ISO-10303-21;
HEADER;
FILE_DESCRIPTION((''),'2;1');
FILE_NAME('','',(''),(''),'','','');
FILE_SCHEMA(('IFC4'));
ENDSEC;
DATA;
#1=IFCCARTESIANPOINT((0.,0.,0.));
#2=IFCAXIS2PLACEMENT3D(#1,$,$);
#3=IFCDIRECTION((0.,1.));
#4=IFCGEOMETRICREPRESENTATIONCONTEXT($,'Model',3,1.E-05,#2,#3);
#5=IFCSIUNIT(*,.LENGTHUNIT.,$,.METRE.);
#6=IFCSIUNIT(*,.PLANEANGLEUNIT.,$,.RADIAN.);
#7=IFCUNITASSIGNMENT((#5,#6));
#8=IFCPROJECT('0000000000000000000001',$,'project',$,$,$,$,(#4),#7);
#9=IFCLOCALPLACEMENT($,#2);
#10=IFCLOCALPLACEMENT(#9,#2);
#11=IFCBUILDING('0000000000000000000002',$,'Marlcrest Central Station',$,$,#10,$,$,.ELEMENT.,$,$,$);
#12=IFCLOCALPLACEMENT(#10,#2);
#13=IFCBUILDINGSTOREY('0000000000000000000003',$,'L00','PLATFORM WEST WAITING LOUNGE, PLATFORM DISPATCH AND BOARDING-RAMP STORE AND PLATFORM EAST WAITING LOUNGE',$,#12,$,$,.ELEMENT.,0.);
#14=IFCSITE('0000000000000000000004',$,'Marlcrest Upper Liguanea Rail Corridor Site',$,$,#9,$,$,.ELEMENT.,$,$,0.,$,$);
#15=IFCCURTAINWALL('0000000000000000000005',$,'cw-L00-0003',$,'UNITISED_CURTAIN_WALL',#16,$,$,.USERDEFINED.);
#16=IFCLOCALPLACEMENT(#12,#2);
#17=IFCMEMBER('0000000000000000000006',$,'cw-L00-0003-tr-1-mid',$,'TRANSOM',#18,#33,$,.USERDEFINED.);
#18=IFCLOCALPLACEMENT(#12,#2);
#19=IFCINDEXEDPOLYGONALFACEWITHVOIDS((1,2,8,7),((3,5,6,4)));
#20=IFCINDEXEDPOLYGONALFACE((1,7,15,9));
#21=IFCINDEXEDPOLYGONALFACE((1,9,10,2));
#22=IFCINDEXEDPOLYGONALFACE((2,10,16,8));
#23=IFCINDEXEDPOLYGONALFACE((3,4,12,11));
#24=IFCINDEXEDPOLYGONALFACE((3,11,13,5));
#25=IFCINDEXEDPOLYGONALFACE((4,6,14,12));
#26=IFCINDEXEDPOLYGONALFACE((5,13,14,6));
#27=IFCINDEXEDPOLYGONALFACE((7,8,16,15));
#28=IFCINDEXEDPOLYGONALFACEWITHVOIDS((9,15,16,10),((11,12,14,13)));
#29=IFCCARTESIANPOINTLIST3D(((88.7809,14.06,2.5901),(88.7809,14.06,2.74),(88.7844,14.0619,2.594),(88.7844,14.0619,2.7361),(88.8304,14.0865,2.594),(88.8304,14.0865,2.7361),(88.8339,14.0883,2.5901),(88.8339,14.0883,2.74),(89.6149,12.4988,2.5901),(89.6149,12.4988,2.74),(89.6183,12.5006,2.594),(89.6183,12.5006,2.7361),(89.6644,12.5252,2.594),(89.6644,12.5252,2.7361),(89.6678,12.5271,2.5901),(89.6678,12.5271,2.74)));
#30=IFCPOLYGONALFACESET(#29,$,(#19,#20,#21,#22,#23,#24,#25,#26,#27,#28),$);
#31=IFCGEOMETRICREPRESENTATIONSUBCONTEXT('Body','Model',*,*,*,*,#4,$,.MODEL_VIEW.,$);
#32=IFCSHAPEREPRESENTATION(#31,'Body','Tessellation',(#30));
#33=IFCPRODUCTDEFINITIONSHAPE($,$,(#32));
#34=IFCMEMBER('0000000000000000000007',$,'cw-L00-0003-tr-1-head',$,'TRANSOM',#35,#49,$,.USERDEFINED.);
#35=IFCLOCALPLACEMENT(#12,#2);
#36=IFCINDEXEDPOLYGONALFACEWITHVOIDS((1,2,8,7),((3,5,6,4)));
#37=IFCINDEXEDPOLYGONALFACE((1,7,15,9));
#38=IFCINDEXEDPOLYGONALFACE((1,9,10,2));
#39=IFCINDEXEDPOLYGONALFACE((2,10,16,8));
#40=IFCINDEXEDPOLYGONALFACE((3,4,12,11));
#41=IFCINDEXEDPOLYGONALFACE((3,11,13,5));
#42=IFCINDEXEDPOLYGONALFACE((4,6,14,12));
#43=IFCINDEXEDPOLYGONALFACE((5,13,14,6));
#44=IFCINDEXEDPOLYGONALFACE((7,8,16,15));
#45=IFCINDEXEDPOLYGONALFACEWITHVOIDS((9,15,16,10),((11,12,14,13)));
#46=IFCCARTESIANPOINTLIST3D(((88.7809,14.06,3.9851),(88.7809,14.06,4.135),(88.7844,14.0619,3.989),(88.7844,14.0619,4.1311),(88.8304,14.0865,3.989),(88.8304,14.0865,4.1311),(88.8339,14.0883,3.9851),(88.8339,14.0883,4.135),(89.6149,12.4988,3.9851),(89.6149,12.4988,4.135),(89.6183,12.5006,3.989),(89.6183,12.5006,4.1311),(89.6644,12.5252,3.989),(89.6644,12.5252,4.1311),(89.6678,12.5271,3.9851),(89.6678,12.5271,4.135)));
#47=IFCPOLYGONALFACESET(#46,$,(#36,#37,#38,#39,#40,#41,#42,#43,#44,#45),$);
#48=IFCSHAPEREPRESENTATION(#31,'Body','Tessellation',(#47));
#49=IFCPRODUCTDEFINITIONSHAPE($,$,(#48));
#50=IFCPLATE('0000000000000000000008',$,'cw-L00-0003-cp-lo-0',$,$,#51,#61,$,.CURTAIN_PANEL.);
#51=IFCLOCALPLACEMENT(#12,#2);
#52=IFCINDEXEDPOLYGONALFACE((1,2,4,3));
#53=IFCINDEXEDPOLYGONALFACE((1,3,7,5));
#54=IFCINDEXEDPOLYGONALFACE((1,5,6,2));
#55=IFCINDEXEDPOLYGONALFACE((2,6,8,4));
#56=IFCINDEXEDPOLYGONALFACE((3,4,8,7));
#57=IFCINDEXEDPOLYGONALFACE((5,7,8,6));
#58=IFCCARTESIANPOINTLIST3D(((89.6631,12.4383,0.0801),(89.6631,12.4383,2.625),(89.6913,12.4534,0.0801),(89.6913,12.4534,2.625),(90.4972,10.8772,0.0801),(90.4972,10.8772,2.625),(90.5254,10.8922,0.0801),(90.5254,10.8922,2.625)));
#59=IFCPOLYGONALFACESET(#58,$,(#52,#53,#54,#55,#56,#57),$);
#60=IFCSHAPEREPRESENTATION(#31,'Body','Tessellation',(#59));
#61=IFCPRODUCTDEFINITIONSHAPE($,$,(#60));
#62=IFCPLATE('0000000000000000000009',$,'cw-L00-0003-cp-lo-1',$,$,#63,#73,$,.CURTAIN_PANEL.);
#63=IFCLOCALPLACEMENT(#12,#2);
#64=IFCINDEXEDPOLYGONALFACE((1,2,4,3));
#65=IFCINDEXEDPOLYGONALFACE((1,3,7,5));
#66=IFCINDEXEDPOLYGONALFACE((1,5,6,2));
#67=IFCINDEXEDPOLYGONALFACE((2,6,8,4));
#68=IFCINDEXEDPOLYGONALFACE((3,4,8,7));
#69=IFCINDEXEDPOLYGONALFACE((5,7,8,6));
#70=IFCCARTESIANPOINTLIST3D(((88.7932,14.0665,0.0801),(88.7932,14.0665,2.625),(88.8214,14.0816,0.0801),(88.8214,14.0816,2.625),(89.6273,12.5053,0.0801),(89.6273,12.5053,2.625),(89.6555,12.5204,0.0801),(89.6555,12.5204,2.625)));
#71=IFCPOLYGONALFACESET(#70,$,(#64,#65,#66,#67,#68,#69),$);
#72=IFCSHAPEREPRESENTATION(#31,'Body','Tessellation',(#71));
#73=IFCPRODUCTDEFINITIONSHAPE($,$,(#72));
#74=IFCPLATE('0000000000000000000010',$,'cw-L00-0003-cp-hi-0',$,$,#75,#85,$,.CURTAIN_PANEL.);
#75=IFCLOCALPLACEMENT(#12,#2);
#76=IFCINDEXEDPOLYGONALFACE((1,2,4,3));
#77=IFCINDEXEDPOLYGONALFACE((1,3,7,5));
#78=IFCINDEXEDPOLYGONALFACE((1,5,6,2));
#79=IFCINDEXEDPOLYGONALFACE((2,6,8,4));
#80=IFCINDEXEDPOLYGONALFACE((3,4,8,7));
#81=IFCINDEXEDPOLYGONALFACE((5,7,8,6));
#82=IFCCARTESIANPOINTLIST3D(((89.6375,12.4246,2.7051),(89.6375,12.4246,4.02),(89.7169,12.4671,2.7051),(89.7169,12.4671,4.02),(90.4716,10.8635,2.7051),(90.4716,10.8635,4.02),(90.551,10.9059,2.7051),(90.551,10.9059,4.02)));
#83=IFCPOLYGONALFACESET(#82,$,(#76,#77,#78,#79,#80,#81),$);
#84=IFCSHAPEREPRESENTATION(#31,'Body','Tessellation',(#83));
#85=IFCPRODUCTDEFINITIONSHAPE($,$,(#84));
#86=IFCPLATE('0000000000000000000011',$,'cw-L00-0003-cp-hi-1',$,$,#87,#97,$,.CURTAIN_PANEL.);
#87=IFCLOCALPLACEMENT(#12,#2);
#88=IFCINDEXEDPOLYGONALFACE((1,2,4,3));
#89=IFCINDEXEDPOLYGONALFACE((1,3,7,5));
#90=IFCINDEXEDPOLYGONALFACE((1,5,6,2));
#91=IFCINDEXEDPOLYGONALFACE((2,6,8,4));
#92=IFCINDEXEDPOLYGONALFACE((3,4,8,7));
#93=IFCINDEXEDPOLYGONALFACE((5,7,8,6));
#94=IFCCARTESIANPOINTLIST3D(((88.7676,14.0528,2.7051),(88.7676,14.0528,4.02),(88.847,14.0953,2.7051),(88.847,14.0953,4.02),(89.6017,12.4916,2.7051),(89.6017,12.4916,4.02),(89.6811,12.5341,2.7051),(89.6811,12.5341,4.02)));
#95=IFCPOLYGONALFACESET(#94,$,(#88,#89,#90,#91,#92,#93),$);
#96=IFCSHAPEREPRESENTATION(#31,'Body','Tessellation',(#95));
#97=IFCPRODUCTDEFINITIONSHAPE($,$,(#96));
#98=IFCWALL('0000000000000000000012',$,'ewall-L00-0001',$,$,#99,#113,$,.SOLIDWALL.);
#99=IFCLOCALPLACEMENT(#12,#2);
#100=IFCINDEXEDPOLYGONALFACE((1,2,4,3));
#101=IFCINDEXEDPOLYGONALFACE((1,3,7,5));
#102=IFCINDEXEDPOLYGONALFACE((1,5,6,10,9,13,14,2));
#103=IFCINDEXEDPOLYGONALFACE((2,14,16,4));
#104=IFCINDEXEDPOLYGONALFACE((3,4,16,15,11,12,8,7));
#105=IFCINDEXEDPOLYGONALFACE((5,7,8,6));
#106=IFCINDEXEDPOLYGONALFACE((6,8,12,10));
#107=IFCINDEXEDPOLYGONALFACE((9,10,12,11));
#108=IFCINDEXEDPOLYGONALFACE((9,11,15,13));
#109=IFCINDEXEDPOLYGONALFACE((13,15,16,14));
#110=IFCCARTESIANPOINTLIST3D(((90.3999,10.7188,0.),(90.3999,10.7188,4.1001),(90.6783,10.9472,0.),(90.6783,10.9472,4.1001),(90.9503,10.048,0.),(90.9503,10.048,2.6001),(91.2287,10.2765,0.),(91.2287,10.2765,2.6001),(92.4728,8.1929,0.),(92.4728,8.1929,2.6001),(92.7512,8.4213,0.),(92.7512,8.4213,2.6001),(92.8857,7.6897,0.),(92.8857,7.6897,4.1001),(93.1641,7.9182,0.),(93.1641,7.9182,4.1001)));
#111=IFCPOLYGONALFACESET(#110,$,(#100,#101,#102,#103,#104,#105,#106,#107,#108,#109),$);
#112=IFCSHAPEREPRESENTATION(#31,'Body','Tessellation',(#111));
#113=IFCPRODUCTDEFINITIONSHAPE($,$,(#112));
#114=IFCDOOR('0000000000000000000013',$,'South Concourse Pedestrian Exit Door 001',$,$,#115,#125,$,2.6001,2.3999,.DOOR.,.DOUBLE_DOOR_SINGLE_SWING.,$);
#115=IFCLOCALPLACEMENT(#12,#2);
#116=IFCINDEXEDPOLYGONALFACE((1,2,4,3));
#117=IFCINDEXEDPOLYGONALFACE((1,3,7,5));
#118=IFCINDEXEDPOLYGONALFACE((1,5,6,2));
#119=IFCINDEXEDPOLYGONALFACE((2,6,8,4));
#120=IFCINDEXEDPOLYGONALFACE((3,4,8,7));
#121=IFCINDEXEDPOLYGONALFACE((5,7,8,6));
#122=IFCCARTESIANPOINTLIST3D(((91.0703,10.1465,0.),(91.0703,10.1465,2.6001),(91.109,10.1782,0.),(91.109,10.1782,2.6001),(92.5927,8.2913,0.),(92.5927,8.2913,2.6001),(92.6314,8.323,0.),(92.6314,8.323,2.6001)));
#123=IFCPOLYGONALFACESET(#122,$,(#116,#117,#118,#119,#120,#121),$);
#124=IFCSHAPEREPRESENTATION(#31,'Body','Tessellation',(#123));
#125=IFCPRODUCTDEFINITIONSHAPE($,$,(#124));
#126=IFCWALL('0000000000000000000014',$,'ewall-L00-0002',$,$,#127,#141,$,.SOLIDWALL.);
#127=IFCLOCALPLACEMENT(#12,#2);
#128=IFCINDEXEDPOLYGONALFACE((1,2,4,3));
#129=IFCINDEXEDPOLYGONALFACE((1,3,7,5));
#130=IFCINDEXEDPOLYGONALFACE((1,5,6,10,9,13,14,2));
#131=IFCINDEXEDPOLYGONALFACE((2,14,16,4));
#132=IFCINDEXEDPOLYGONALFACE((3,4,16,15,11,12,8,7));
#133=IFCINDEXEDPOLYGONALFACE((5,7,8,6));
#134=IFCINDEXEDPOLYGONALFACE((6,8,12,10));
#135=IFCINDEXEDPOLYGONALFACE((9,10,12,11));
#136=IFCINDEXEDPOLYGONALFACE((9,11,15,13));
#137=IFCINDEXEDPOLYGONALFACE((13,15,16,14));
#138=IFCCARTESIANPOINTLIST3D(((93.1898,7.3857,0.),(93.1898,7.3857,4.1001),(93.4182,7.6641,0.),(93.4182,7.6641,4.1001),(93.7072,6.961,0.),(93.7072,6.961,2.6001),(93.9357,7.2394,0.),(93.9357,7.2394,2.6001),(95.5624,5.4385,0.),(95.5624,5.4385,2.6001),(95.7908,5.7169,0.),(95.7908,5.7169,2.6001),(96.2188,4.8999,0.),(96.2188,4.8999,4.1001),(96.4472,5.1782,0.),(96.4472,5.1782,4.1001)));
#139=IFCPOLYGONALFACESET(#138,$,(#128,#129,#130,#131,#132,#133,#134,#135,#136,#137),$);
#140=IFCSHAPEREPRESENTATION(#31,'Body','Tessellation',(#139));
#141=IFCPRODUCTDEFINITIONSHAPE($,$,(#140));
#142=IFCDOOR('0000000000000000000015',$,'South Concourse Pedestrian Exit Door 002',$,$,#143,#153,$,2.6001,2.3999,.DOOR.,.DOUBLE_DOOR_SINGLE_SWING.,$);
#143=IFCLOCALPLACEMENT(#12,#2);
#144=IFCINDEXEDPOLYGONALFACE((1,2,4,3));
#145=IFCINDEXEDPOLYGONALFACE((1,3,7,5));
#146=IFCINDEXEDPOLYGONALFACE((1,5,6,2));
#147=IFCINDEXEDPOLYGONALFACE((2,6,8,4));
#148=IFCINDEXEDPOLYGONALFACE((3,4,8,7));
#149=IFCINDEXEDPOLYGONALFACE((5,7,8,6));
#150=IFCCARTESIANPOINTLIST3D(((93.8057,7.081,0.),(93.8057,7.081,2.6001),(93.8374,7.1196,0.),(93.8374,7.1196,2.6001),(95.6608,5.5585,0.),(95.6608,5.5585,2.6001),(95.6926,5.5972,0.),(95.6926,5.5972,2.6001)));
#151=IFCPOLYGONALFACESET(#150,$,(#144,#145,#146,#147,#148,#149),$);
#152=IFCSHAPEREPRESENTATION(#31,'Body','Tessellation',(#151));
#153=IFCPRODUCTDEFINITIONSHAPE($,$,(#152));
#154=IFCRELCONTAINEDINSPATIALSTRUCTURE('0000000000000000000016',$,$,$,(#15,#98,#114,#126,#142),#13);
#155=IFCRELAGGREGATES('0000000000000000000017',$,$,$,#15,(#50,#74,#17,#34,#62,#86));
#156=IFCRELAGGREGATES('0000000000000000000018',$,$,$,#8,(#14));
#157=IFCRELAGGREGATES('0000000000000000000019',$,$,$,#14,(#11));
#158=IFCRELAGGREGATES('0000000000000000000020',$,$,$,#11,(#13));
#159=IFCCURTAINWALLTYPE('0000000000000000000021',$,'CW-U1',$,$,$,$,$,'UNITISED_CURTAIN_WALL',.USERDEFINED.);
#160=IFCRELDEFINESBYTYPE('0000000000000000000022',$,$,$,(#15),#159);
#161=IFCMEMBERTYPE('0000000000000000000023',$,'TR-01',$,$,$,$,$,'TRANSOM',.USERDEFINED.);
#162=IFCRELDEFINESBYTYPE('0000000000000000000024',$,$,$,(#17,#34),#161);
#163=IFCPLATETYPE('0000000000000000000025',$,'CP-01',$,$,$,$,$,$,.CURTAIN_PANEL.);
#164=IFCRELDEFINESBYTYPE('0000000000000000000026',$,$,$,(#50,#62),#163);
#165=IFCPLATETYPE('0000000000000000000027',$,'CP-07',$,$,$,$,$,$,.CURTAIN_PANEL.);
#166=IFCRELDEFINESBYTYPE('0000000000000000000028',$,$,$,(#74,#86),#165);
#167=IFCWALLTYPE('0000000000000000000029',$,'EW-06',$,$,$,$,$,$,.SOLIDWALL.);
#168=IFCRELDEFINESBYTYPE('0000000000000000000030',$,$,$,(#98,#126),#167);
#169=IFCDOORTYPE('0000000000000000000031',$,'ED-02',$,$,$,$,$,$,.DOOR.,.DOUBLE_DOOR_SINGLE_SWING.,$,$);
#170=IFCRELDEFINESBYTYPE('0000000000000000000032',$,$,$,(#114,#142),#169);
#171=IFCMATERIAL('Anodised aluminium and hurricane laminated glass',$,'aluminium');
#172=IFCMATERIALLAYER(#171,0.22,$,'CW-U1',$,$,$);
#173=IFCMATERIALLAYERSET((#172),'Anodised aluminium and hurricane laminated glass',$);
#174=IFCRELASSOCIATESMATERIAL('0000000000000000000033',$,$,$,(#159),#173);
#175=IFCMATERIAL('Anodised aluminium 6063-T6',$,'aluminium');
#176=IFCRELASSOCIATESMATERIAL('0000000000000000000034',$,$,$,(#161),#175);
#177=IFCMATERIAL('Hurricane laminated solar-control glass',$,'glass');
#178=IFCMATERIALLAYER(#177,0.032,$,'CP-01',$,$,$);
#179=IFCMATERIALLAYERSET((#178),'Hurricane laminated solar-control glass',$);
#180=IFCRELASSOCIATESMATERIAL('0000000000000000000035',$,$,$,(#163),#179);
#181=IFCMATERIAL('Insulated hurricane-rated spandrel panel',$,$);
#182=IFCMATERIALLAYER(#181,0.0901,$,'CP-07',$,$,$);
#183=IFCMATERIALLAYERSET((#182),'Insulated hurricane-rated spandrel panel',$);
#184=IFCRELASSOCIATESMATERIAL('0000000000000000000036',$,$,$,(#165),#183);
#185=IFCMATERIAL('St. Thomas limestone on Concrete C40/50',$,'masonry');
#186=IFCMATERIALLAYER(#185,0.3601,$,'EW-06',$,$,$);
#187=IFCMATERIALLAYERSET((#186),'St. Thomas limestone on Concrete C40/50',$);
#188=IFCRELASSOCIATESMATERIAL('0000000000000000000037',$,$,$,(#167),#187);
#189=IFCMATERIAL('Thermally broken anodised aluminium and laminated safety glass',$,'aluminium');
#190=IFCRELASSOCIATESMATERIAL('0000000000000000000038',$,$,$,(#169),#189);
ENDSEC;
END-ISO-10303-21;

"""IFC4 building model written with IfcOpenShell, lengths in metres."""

from ifc_helpers import new_model, si_unit, direction, frame, frame_2d, origin, origin_2d, place, context, subcontext, project, spatial, rectangle, hollow_rectangle, extrude, material, layer, layer_set, material_profile, profile_set, type_object, element, fill, aggregate, save


model = new_model("IFC4")

# Units and contexts
model_context = context("Model", 3, precision=1e-05, world=origin(), true_north=direction((0.0, 1.0)))
body_context = subcontext(model_context, "Body", "Model", "MODEL_VIEW")
ifc_project = project(units=[si_unit("LENGTHUNIT", "METRE"), si_unit("PLANEANGLEUNIT", "RADIAN")], contexts=[model_context])

# Site, building, storey
site_placement = place(None, origin())
site = spatial("IfcSite", under=ifc_project, at=site_placement, Name="Marlcrest Upper Liguanea Rail Corridor Site", CompositionType="ELEMENT", RefElevation=0.0)
building_placement = place(site_placement, origin())
building = spatial("IfcBuilding", under=site, at=building_placement, Name="Marlcrest Central Station", CompositionType="ELEMENT")
storey_placement = place(building_placement, origin())
storey = spatial("IfcBuildingStorey", under=building, at=storey_placement, Name="L00", Description="PLATFORM WEST WAITING LOUNGE, PLATFORM DISPATCH AND BOARDING-RAMP STORE AND PLATFORM EAST WAITING LOUNGE", CompositionType="ELEMENT", Elevation=0.0)

# Curtain wall
ifc_material_1 = material(Name="Anodised aluminium and hurricane laminated glass", Category="aluminium")
ifc_layer_1 = layer(ifc_material_1, 0.22, Name="CW-U1")
ifc_layer_set_1 = layer_set([ifc_layer_1], Name="Anodised aluminium and hurricane laminated glass")
curtain_wall_type = type_object("IfcCurtainWallType", Name="CW-U1", ElementType="UNITISED_CURTAIN_WALL", PredefinedType="USERDEFINED", material=ifc_layer_set_1)
curtain_wall_placement = place(storey_placement, origin())
curtain_wall = element("IfcCurtainWall", 1, at=curtain_wall_placement, inside=storey, type_object=curtain_wall_type, Name="cw-L00-0003", ObjectType="UNITISED_CURTAIN_WALL", PredefinedType="USERDEFINED")
ifc_material_2 = material(Name="Anodised aluminium 6063-T6", Category="aluminium")

# Members
ifc_material_profile_1 = material_profile(ifc_material_2, hollow_rectangle(XDim=0.0601, YDim=0.1499, WallThickness=0.0039, at=origin_2d()), Name="AA-RHS 150x60x4")
ifc_profile_set_1 = profile_set([ifc_material_profile_1], Name="Anodised aluminium 6063-T6")
member_type_1 = type_object("IfcMemberType", Name="TR-01", ElementType="TRANSOM", PredefinedType="USERDEFINED", material=ifc_profile_set_1)
member_1_placement = place(storey_placement, frame((89.6414, 12.5129, 2.665), z_axis=(-0.471161, 0.882047, 0.0), x_axis=(-0.882047, -0.471161, 0.0)))
member_1 = element("IfcMember", 2, at=member_1_placement, type_object=member_type_1, Name="cw-L00-0003-tr-1-mid", ObjectType="TRANSOM", PredefinedType="USERDEFINED", context=body_context, shape_type="SweptSolid", body=[
    extrude(hollow_rectangle(XDim=0.0601, YDim=0.1499, WallThickness=0.0039, at=origin_2d()), origin(), (0.0, 0.0, 1.0), 1.77),
])
member_2_placement = place(storey_placement, frame((89.6414, 12.5129, 4.0601), z_axis=(-0.471161, 0.882047, 0.0), x_axis=(-0.882047, -0.471161, 0.0)))
member_2 = element("IfcMember", 3, at=member_2_placement, type_object=member_type_1, Name="cw-L00-0003-tr-1-head", ObjectType="TRANSOM", PredefinedType="USERDEFINED", context=body_context, shape_type="SweptSolid", body=[
    extrude(hollow_rectangle(XDim=0.0601, YDim=0.1499, WallThickness=0.0039, at=origin_2d()), origin(), (0.0, 0.0, 1.0), 1.77),
])

# Plates
ifc_material_3 = material(Name="Hurricane laminated solar-control glass", Category="glass")
ifc_layer_2 = layer(ifc_material_3, 0.032, Name="CP-01")
ifc_layer_set_2 = layer_set([ifc_layer_2], Name="Hurricane laminated solar-control glass")
plate_type_1 = type_object("IfcPlateType", Name="CP-01", PredefinedType="CURTAIN_PANEL", material=ifc_layer_set_2)
plate_1_placement = place(storey_placement, frame((90.0942, 11.6653, 0.0801), z_axis=(0.0, 0.0, 1.0), x_axis=(-0.471243, 0.882004, 0.0)))
plate_1 = element("IfcPlate", 4, at=plate_1_placement, type_object=plate_type_1, Name="cw-L00-0003-cp-lo-0", PredefinedType="CURTAIN_PANEL", context=body_context, shape_type="SweptSolid", body=[
    extrude(rectangle(XDim=1.77, YDim=0.032, at=origin_2d()), origin(), (0.0, 0.0, 1.0), 2.5449),
])
plate_2_placement = place(storey_placement, frame((89.2244, 13.2935, 0.0801), z_axis=(0.0, 0.0, 1.0), x_axis=(-0.471243, 0.882004, 0.0)))
plate_2 = element("IfcPlate", 5, at=plate_2_placement, type_object=plate_type_1, Name="cw-L00-0003-cp-lo-1", PredefinedType="CURTAIN_PANEL", context=body_context, shape_type="SweptSolid", body=[
    extrude(rectangle(XDim=1.77, YDim=0.032, at=origin_2d()), origin(), (0.0, 0.0, 1.0), 2.5449),
])
ifc_material_4 = material(Name="Insulated hurricane-rated spandrel panel")
ifc_layer_3 = layer(ifc_material_4, 0.0901, Name="CP-07")
ifc_layer_set_3 = layer_set([ifc_layer_3], Name="Insulated hurricane-rated spandrel panel")
plate_type_2 = type_object("IfcPlateType", Name="CP-07", PredefinedType="CURTAIN_PANEL", material=ifc_layer_set_3)
plate_3_placement = place(storey_placement, frame((90.0942, 11.6653, 2.7051), z_axis=(0.0, 0.0, 1.0), x_axis=(-0.471243, 0.882004, 0.0)))
plate_3 = element("IfcPlate", 6, at=plate_3_placement, type_object=plate_type_2, Name="cw-L00-0003-cp-hi-0", PredefinedType="CURTAIN_PANEL", context=body_context, shape_type="SweptSolid", body=[
    extrude(rectangle(XDim=1.77, YDim=0.0901, at=origin_2d()), origin(), (0.0, 0.0, 1.0), 1.3149),
])
plate_4_placement = place(storey_placement, frame((89.2244, 13.2935, 2.7051), z_axis=(0.0, 0.0, 1.0), x_axis=(-0.471243, 0.882004, 0.0)))
plate_4 = element("IfcPlate", 7, at=plate_4_placement, type_object=plate_type_2, Name="cw-L00-0003-cp-hi-1", PredefinedType="CURTAIN_PANEL", context=body_context, shape_type="SweptSolid", body=[
    extrude(rectangle(XDim=1.77, YDim=0.0901, at=origin_2d()), origin(), (0.0, 0.0, 1.0), 1.3149),
])
aggregate(curtain_wall, [plate_1, plate_3, member_1, member_2, plate_2, plate_4])

# Walls, openings, doors
ifc_material_5 = material(Name="St. Thomas limestone on Concrete C40/50", Category="masonry")
ifc_layer_4 = layer(ifc_material_5, 0.3601, Name="EW-06")
ifc_layer_set_4 = layer_set([ifc_layer_4], Name="St. Thomas limestone on Concrete C40/50")
wall_type = type_object("IfcWallType", Name="EW-06", PredefinedType="SOLIDWALL", material=ifc_layer_set_4)
wall_1_placement = place(storey_placement, frame((93.0249, 7.804, 0.0), z_axis=(0.0, 0.0, 1.0), x_axis=(-0.634387, 0.773015, 0.0)))
wall_1 = element("IfcWall", 8, at=wall_1_placement, inside=storey, type_object=wall_type, Name="ewall-L00-0001", PredefinedType="SOLIDWALL", context=body_context, shape_type="SweptSolid", body=[
    extrude(rectangle(XDim=3.9185, YDim=0.3601, at=frame_2d((1.9592, 0.0))), origin(), (0.0, 0.0, 1.0), 4.1001),
])
opening_1_placement = place(wall_1_placement, frame((0.6509, 0.0, 0.0)))
opening_1 = element("IfcOpeningElement", 9, at=opening_1_placement, cuts=wall_1, PredefinedType="OPENING", context=body_context, shape_type="SweptSolid", body=[
    extrude(rectangle(XDim=2.3999, YDim=2.6001, at=frame_2d((1.2, 1.3))), frame((0.0, 0.1899, 0.0), z_axis=(0.0, -1.0, 0.0), x_axis=(1.0, 0.0, 0.0)), (0.0, 0.0, 1.0), 0.3801),
])
ifc_material_6 = material(Name="Thermally broken anodised aluminium and laminated safety glass", Category="aluminium")
door_type = type_object("IfcDoorType", Name="ED-02", OperationType="DOUBLE_DOOR_SINGLE_SWING", PredefinedType="DOOR", material=ifc_material_6)
door_1_placement = place(opening_1_placement, origin())
door_1 = element("IfcDoor", 10, at=door_1_placement, inside=storey, type_object=door_type, Name="South Concourse Pedestrian Exit Door 001", OperationType="DOUBLE_DOOR_SINGLE_SWING", OverallHeight=2.6001, OverallWidth=2.3999, PredefinedType="DOOR", context=body_context, shape_type="SweptSolid", body=[
    extrude(rectangle(XDim=2.3999, YDim=2.6001, at=frame_2d((1.2, 1.3))), frame((0.0, 0.0249, 0.0), z_axis=(0.0, -1.0, 0.0), x_axis=(1.0, 0.0, 0.0)), (0.0, 0.0, 1.0), 0.05),
])
fill(opening_1, door_1)
wall_2_placement = place(storey_placement, frame((96.333, 5.0391, 0.0), z_axis=(0.0, 0.0, 1.0), x_axis=(-0.773015, 0.634387, 0.0)))
wall_2 = element("IfcWall", 11, at=wall_2_placement, inside=storey, type_object=wall_type, Name="ewall-L00-0002", PredefinedType="SOLIDWALL", context=body_context, shape_type="SweptSolid", body=[
    extrude(rectangle(XDim=3.9185, YDim=0.3601, at=frame_2d((1.9592, 0.0))), origin(), (0.0, 0.0, 1.0), 4.1001),
])
opening_2_placement = place(wall_2_placement, frame((0.8491, 0.0, 0.0)))
opening_2 = element("IfcOpeningElement", 12, at=opening_2_placement, cuts=wall_2, PredefinedType="OPENING", context=body_context, shape_type="SweptSolid", body=[
    extrude(rectangle(XDim=2.3999, YDim=2.6001, at=frame_2d((1.2, 1.3))), frame((0.0, 0.1899, 0.0), z_axis=(0.0, -1.0, 0.0), x_axis=(1.0, 0.0, 0.0)), (0.0, 0.0, 1.0), 0.3801),
])
door_2_placement = place(opening_2_placement, origin())
door_2 = element("IfcDoor", 13, at=door_2_placement, inside=storey, type_object=door_type, Name="South Concourse Pedestrian Exit Door 002", OperationType="DOUBLE_DOOR_SINGLE_SWING", OverallHeight=2.6001, OverallWidth=2.3999, PredefinedType="DOOR", context=body_context, shape_type="SweptSolid", body=[
    extrude(rectangle(XDim=2.3999, YDim=2.6001, at=frame_2d((1.2, 1.3))), frame((0.0, 0.0249, 0.0), z_axis=(0.0, -1.0, 0.0), x_axis=(1.0, 0.0, 0.0)), (0.0, 0.0, 1.0), 0.05),
])
fill(opening_2, door_2)

save(model, "model.ifc")
